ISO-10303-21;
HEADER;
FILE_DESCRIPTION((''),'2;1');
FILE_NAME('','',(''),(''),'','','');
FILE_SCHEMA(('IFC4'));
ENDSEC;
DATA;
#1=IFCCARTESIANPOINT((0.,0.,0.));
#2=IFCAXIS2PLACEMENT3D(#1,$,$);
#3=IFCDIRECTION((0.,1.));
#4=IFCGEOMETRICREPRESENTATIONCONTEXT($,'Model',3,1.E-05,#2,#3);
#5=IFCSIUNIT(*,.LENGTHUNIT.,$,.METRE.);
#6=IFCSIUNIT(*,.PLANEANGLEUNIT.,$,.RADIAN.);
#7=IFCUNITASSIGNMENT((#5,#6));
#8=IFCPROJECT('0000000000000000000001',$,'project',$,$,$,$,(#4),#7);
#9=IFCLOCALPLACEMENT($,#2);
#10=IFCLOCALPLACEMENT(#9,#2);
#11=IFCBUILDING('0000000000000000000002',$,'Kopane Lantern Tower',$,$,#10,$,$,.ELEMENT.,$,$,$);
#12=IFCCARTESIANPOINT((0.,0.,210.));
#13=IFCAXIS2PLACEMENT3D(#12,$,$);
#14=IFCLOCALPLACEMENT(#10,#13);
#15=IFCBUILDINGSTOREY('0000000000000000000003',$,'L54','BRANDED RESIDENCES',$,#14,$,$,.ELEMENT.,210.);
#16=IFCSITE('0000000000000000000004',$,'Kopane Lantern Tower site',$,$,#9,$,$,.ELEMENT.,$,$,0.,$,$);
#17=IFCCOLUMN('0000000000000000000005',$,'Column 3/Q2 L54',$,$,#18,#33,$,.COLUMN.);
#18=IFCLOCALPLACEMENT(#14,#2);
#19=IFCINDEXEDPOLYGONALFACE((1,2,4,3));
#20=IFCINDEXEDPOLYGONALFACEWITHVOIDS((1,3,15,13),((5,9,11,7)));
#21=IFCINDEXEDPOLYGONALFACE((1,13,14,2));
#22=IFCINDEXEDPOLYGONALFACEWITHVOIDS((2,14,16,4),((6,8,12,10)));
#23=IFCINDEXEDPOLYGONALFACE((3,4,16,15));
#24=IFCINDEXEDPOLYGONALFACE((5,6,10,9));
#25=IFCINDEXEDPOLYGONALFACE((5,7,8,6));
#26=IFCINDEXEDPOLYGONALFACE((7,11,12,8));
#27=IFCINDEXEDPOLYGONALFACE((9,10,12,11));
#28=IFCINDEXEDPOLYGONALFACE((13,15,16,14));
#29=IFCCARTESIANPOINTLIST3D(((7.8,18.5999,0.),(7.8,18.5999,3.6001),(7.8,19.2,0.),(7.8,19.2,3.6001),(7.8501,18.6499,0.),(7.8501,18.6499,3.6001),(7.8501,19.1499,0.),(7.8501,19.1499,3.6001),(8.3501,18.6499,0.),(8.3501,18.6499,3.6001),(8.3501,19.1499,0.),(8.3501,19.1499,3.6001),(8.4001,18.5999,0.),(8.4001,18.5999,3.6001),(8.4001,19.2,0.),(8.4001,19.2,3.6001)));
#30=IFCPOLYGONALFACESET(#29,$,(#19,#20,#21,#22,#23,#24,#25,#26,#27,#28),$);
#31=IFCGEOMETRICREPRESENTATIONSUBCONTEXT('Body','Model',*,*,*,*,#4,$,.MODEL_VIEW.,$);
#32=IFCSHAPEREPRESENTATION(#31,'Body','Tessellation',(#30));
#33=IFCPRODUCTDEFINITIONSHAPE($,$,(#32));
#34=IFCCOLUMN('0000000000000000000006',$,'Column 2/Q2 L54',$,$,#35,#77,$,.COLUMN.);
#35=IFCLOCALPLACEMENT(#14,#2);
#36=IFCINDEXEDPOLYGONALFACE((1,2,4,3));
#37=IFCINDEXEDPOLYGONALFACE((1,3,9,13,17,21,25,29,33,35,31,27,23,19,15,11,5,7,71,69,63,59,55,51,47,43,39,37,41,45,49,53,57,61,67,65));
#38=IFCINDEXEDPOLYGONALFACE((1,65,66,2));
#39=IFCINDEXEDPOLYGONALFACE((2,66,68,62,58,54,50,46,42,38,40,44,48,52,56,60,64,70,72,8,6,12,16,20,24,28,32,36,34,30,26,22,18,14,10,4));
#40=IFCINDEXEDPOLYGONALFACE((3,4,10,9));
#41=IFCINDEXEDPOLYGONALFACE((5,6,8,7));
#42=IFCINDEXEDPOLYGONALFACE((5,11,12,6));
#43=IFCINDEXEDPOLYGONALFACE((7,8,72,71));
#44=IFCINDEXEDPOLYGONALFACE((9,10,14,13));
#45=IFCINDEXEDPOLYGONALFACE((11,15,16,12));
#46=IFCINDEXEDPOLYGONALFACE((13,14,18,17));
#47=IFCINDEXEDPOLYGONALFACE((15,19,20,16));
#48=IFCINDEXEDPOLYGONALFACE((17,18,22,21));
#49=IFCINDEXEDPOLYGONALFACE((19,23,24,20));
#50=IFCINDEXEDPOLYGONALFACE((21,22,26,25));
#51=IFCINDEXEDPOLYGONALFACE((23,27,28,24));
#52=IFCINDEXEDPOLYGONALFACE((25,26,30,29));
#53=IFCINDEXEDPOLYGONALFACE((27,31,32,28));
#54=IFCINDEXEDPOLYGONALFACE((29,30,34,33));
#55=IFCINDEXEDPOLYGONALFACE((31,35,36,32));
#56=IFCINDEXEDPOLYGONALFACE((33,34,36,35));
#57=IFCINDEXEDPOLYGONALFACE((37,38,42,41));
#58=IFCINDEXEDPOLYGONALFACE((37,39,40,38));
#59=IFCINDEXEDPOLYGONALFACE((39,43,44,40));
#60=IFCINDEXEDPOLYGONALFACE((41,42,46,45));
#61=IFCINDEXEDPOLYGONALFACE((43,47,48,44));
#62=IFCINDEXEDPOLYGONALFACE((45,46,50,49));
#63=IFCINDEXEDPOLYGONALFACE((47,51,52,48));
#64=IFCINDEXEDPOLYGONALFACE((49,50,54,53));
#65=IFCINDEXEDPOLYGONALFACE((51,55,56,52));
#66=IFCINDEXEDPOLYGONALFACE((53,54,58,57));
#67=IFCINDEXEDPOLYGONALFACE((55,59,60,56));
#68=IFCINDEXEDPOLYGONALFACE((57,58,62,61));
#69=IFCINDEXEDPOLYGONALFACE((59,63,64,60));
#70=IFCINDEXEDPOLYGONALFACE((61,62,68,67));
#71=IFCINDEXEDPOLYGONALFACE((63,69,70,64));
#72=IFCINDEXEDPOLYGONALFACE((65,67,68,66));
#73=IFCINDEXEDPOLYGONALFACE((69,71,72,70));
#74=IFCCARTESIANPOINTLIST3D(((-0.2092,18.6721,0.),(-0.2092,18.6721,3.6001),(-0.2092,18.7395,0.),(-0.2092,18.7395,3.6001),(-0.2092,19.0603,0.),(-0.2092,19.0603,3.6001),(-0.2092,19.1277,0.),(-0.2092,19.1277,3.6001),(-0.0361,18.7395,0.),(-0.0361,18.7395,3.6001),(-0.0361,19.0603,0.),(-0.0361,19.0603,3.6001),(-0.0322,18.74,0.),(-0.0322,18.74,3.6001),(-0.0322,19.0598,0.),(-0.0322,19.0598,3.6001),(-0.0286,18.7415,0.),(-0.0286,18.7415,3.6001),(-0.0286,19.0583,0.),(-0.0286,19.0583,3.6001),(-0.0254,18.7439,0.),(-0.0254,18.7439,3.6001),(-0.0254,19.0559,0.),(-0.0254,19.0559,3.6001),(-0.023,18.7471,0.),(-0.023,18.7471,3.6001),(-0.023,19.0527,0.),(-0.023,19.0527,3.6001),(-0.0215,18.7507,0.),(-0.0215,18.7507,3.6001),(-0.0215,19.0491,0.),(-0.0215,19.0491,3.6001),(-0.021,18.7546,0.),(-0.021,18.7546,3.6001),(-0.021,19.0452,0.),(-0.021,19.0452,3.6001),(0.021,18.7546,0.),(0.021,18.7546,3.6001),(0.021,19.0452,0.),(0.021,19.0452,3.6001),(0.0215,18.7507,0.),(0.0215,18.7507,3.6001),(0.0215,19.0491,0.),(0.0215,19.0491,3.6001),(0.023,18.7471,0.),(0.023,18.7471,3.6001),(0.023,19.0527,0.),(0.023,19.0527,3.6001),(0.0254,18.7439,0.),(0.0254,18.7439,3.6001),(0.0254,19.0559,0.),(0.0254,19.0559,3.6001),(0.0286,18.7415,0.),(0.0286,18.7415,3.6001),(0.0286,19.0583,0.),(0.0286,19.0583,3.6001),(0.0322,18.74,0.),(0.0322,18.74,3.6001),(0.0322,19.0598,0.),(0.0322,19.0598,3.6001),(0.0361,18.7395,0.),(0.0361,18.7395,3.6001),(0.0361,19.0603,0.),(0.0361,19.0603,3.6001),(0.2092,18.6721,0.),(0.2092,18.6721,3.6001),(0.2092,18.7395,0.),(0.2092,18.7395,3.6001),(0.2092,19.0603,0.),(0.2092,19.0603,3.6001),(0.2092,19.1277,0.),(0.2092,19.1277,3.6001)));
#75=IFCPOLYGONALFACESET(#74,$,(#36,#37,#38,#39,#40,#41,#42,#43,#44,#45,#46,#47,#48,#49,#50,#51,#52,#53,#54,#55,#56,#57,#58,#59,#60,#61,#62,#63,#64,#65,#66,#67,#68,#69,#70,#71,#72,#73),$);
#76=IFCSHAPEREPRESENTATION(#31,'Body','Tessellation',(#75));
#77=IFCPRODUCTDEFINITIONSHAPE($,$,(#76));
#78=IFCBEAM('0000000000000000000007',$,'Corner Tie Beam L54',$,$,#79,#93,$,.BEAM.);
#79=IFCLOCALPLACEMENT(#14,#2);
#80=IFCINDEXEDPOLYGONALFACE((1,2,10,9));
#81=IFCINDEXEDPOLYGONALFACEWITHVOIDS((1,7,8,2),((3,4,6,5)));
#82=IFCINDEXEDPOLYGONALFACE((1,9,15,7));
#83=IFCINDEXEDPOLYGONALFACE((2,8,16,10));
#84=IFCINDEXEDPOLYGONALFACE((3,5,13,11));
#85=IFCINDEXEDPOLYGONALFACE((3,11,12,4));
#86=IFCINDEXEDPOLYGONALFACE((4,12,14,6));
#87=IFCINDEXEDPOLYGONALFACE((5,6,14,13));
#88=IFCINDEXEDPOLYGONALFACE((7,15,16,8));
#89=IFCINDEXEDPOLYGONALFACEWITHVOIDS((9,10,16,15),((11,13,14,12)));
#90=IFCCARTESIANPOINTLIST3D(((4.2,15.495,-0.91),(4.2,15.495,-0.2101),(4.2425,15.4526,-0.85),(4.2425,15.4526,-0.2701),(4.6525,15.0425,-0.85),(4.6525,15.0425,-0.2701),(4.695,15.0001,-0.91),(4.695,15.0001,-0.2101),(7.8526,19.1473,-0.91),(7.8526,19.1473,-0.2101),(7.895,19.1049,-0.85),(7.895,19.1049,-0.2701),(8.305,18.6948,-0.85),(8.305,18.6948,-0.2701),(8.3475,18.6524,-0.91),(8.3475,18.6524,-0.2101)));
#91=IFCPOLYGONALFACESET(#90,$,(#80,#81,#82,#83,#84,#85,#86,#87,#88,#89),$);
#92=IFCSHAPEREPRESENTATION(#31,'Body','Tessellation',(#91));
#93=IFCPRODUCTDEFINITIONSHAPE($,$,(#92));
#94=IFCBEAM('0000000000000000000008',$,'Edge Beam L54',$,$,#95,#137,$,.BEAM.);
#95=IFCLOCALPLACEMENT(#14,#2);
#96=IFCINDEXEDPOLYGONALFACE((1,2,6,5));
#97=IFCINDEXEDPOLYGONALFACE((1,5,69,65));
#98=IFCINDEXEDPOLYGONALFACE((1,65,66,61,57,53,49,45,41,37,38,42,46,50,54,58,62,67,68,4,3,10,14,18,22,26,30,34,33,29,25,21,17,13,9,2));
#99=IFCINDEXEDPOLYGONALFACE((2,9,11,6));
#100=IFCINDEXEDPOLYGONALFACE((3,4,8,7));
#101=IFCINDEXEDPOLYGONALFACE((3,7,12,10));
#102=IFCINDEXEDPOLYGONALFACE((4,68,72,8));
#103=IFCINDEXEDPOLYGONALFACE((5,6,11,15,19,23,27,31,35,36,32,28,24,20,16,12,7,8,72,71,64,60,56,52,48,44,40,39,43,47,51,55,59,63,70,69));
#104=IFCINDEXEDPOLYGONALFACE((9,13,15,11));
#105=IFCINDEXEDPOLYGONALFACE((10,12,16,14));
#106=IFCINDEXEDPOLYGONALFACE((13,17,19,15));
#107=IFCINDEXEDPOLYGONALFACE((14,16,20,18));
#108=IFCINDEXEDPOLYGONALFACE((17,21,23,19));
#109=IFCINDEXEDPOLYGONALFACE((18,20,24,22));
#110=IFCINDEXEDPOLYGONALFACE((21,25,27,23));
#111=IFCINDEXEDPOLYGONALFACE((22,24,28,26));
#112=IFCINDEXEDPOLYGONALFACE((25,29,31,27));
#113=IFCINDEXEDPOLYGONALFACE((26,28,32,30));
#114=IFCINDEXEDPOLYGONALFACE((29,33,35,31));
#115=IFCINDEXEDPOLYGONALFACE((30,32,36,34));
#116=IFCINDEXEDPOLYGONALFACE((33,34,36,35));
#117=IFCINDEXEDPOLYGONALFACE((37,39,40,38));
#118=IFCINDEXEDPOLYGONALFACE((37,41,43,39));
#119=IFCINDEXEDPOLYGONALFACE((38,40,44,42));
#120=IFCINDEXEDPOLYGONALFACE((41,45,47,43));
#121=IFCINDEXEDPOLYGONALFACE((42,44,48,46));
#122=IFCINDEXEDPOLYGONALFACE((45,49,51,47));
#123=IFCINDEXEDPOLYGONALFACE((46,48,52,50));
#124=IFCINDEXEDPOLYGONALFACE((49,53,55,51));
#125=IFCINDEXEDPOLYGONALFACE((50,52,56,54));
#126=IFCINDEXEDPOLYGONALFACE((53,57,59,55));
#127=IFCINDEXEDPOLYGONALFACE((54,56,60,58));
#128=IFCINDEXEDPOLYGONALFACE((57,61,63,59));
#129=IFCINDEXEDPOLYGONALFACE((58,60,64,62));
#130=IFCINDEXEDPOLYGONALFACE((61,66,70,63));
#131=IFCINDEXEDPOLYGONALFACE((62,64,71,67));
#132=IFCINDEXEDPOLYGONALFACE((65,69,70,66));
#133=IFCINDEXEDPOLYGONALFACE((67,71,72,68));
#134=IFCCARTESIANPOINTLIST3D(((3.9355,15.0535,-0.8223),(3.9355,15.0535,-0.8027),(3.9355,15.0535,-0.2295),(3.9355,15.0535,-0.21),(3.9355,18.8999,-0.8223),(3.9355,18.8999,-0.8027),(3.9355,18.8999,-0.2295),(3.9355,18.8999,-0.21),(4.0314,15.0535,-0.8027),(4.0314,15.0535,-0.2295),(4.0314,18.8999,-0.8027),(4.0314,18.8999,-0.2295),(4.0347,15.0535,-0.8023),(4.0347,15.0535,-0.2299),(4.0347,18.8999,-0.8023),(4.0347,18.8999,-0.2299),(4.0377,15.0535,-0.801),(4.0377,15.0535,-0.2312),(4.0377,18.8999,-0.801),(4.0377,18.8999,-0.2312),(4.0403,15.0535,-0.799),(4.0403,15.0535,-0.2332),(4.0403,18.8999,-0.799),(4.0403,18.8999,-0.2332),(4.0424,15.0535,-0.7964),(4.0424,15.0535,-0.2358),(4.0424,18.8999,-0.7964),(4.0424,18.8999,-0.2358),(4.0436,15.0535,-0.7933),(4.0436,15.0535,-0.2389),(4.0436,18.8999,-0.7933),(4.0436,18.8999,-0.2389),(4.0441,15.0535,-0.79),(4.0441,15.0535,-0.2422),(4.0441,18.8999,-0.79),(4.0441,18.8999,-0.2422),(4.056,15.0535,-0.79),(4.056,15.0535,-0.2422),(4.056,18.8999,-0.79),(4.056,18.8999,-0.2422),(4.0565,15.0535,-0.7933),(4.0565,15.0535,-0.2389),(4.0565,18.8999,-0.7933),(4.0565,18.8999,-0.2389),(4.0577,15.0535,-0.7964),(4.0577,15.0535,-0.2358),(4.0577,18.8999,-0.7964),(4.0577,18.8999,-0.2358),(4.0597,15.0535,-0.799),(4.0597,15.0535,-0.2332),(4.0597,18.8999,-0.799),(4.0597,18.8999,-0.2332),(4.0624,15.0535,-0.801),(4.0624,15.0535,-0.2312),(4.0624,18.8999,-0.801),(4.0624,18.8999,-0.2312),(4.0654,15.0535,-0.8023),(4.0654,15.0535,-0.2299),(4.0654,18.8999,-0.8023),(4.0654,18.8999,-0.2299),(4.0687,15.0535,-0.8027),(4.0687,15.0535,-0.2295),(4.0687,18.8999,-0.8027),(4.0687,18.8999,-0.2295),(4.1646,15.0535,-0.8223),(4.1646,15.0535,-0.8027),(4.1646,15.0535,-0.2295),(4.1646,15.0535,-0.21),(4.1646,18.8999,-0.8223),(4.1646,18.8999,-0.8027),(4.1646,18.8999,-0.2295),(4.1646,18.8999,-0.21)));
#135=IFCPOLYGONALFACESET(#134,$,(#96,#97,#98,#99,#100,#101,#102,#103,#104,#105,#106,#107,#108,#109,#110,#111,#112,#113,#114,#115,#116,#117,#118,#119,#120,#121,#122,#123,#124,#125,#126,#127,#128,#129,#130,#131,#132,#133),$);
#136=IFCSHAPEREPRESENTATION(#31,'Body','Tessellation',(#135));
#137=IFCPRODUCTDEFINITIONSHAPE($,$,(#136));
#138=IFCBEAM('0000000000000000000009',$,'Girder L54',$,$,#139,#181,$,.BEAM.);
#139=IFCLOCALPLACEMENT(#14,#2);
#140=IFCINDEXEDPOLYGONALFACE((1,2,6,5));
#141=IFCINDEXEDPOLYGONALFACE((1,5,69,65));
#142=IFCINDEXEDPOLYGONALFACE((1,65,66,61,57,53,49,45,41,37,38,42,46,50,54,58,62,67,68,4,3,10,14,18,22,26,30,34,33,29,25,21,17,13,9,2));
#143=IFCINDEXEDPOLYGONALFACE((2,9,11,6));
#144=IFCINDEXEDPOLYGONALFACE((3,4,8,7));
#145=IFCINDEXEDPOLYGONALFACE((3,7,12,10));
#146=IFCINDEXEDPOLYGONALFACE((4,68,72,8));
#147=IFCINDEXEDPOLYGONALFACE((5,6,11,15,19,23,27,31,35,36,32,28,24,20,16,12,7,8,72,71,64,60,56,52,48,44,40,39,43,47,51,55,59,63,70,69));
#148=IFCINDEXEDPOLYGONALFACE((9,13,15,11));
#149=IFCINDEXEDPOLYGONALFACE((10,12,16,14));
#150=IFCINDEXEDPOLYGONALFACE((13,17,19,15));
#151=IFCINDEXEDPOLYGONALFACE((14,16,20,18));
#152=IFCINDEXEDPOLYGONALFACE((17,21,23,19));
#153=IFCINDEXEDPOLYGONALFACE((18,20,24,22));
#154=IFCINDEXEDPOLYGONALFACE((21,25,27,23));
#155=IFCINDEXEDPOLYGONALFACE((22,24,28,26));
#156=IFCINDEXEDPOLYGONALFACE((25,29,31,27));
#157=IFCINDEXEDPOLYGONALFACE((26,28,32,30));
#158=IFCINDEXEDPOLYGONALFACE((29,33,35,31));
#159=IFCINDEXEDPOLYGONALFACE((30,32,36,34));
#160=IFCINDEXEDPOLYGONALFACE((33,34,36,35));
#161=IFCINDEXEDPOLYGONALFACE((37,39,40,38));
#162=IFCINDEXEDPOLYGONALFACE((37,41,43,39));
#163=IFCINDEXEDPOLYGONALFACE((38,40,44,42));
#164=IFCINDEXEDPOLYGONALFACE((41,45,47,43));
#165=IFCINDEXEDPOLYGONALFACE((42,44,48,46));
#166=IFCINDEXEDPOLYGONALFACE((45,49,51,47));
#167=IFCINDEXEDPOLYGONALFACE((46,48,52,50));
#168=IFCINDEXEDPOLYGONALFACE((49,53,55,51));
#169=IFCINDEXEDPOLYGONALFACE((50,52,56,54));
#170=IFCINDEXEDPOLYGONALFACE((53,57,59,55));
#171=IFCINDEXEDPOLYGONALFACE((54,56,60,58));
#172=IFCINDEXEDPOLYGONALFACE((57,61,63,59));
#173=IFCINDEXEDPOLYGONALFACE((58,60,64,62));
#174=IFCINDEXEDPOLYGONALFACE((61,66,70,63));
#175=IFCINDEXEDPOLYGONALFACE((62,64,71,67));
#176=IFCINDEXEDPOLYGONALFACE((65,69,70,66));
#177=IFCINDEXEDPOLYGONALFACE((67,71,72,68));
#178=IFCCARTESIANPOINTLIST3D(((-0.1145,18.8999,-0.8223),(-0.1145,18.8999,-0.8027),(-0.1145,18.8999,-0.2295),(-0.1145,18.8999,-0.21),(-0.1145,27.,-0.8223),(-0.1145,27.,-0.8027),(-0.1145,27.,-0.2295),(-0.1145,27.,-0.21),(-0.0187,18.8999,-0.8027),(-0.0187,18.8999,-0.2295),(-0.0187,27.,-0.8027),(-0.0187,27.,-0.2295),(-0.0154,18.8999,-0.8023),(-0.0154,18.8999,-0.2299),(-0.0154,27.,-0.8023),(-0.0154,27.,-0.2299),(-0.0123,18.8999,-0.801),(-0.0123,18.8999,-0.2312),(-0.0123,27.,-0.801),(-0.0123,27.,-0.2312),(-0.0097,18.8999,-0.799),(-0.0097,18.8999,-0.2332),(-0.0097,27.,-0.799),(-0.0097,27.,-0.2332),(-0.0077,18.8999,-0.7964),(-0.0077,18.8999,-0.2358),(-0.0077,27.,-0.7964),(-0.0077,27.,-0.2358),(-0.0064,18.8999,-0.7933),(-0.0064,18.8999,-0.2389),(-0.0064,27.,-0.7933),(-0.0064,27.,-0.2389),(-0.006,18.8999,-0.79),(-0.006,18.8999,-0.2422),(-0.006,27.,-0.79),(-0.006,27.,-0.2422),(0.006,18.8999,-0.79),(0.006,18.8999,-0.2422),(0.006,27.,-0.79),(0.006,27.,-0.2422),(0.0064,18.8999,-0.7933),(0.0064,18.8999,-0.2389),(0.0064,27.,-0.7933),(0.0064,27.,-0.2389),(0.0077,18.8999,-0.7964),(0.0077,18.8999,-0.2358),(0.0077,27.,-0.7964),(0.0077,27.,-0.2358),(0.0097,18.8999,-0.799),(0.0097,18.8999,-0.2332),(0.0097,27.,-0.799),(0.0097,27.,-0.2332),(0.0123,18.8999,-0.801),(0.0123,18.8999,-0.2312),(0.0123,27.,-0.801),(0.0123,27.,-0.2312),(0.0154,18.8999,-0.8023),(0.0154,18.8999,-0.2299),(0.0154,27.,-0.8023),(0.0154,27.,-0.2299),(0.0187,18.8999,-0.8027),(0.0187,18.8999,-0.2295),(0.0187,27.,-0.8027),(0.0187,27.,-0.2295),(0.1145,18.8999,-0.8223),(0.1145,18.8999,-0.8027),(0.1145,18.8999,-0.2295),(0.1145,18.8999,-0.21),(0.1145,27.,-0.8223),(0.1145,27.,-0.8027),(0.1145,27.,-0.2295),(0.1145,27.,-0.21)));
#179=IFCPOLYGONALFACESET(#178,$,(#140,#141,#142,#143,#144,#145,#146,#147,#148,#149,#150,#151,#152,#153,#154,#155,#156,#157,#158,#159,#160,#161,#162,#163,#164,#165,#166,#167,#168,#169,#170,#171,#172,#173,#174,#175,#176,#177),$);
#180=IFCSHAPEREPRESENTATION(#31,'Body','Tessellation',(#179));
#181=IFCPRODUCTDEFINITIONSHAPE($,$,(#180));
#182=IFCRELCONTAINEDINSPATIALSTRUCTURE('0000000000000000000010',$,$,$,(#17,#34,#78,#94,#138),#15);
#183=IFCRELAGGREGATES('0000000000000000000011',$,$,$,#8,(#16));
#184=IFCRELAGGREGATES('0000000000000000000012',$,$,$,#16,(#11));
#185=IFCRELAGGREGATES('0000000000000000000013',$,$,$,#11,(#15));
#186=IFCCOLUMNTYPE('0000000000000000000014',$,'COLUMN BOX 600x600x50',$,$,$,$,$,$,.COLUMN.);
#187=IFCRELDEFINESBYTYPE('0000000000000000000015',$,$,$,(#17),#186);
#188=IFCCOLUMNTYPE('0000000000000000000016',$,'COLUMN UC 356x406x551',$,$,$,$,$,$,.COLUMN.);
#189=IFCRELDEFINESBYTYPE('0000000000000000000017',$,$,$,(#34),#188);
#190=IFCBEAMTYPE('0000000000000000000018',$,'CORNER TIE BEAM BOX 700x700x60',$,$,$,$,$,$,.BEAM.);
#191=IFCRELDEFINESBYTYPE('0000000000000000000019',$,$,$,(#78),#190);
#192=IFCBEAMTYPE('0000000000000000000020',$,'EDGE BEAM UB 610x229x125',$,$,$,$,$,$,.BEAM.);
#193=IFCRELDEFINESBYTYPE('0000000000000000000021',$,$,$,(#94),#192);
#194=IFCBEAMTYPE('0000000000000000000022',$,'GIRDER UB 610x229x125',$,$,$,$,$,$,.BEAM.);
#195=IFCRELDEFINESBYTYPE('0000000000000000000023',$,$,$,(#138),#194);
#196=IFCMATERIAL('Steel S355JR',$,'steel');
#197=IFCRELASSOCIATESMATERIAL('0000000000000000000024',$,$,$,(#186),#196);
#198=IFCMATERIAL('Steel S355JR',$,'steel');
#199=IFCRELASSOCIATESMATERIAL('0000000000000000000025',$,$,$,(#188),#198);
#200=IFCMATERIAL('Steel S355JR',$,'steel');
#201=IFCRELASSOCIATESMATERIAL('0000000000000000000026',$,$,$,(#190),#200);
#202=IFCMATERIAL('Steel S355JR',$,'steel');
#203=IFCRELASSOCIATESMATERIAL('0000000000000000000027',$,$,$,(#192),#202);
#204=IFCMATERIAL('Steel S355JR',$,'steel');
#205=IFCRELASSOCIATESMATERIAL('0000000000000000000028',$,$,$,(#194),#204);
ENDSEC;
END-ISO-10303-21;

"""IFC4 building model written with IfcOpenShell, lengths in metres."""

from ifc_helpers import new_model, si_unit, direction, frame, origin, origin_2d, place, context, subcontext, project, spatial, hollow_rectangle, i_section, extrude, material, material_profile, profile_set, type_object, element, save


model = new_model("IFC4")

# Units and contexts
model_context = context("Model", 3, precision=1e-05, world=origin(), true_north=direction((0.0, 1.0)))
body_context = subcontext(model_context, "Body", "Model", "MODEL_VIEW")
ifc_project = project(units=[si_unit("LENGTHUNIT", "METRE"), si_unit("PLANEANGLEUNIT", "RADIAN")], contexts=[model_context])

# Site, building, storey
site_placement = place(None, origin())
site = spatial("IfcSite", under=ifc_project, at=site_placement, Name="Kopane Lantern Tower site", CompositionType="ELEMENT", RefElevation=0.0)
building_placement = place(site_placement, origin())
building = spatial("IfcBuilding", under=site, at=building_placement, Name="Kopane Lantern Tower", CompositionType="ELEMENT")
storey_placement = place(building_placement, frame((0.0, 0.0, 210.0)))
storey = spatial("IfcBuildingStorey", under=building, at=storey_placement, Name="L54", Description="BRANDED RESIDENCES", CompositionType="ELEMENT", Elevation=210.0)

# Columns
ifc_material_1 = material(Name="Steel S355JR", Category="steel")
ifc_material_profile_1 = material_profile(ifc_material_1, hollow_rectangle(XDim=0.6001, YDim=0.6001, WallThickness=0.05, at=origin_2d()), Name="BOX 600x600x50")
ifc_profile_set_1 = profile_set([ifc_material_profile_1], Name="Steel S355JR")
column_type_1 = type_object("IfcColumnType", Name="COLUMN BOX 600x600x50", PredefinedType="COLUMN", material=ifc_profile_set_1)
column_1_placement = place(storey_placement, frame((8.1001, 18.8999, 0.0), z_axis=(0.0, 0.0, 1.0), x_axis=(1.0, 0.0, 0.0)))
element("IfcColumn", 1, at=column_1_placement, inside=storey, type_object=column_type_1, Name="Column 3/Q2 L54", PredefinedType="COLUMN", context=body_context, shape_type="SweptSolid", body=[
    extrude(hollow_rectangle(XDim=0.6001, YDim=0.6001, WallThickness=0.05, at=origin_2d()), origin(), (0.0, 0.0, 1.0), 3.6001),
])
ifc_material_2 = material(Name="Steel S355JR", Category="steel")
ifc_material_profile_2 = material_profile(ifc_material_2, i_section(OverallWidth=0.4185, OverallDepth=0.4556, WebThickness=0.042, FlangeThickness=0.0674, FilletRadius=0.0151, at=origin_2d()), Name="UC 356x406x551")
ifc_profile_set_2 = profile_set([ifc_material_profile_2], Name="Steel S355JR")
column_type_2 = type_object("IfcColumnType", Name="COLUMN UC 356x406x551", PredefinedType="COLUMN", material=ifc_profile_set_2)
column_2_placement = place(storey_placement, frame((0.0, 18.8999, 0.0), z_axis=(0.0, 0.0, 1.0), x_axis=(1.0, 0.0, 0.0)))
element("IfcColumn", 2, at=column_2_placement, inside=storey, type_object=column_type_2, Name="Column 2/Q2 L54", PredefinedType="COLUMN", context=body_context, shape_type="SweptSolid", body=[
    extrude(i_section(OverallWidth=0.4185, OverallDepth=0.4556, WebThickness=0.042, FlangeThickness=0.0674, FilletRadius=0.0151, at=origin_2d()), origin(), (0.0, 0.0, 1.0), 3.6001),
])

# Beams
ifc_material_3 = material(Name="Steel S355JR", Category="steel")
ifc_material_profile_3 = material_profile(ifc_material_3, hollow_rectangle(XDim=0.7, YDim=0.7, WallThickness=0.0601, at=origin_2d()), Name="BOX 700x700x60")
ifc_profile_set_3 = profile_set([ifc_material_profile_3], Name="Steel S355JR")
beam_type_1 = type_object("IfcBeamType", Name="CORNER TIE BEAM BOX 700x700x60", PredefinedType="BEAM", material=ifc_profile_set_3)
beam_1_placement = place(storey_placement, frame((4.4475, 15.2476, -0.5601), z_axis=(0.70713, 0.707083, 0.0), x_axis=(-0.707083, 0.70713, 0.0)))
element("IfcBeam", 3, at=beam_1_placement, inside=storey, type_object=beam_type_1, Name="Corner Tie Beam L54", PredefinedType="BEAM", context=body_context, shape_type="SweptSolid", body=[
    extrude(hollow_rectangle(XDim=0.7, YDim=0.7, WallThickness=0.0601, at=origin_2d()), origin(), (0.0, 0.0, 1.0), 5.1653),
])
ifc_material_4 = material(Name="Steel S355JR", Category="steel")
ifc_material_profile_4 = material_profile(ifc_material_4, i_section(OverallWidth=0.229, OverallDepth=0.6123, WebThickness=0.012, FlangeThickness=0.0195, FilletRadius=0.0127, at=origin_2d()), Name="UB 610x229x125")
ifc_profile_set_4 = profile_set([ifc_material_profile_4], Name="Steel S355JR")
beam_type_2 = type_object("IfcBeamType", Name="EDGE BEAM UB 610x229x125", PredefinedType="BEAM", material=ifc_profile_set_4)
beam_2_placement = place(storey_placement, frame((4.05, 15.0535, -0.5161), z_axis=(0.0, 1.0, 0.0), x_axis=(-1.0, 0.0, 0.0)))
element("IfcBeam", 4, at=beam_2_placement, inside=storey, type_object=beam_type_2, Name="Edge Beam L54", PredefinedType="BEAM", context=body_context, shape_type="SweptSolid", body=[
    extrude(i_section(OverallWidth=0.229, OverallDepth=0.6123, WebThickness=0.012, FlangeThickness=0.0195, FilletRadius=0.0127, at=origin_2d()), origin(), (0.0, 0.0, 1.0), 3.8464),
])
ifc_material_5 = material(Name="Steel S355JR", Category="steel")
ifc_material_profile_5 = material_profile(ifc_material_5, i_section(OverallWidth=0.229, OverallDepth=0.6123, WebThickness=0.012, FlangeThickness=0.0195, FilletRadius=0.0127, at=origin_2d()), Name="UB 610x229x125")
ifc_profile_set_5 = profile_set([ifc_material_profile_5], Name="Steel S355JR")
beam_type_3 = type_object("IfcBeamType", Name="GIRDER UB 610x229x125", PredefinedType="BEAM", material=ifc_profile_set_5)
for number, where, z_axis, x_axis, name in (
    (5, (0.0, 18.8999, -0.5161), (0.0, 1.0, 0.0), (-1.0, 0.0, 0.0), "Girder L54"),
):
    element("IfcBeam", number, at=place(storey_placement, frame(where, z_axis=z_axis, x_axis=x_axis)), inside=storey, type_object=beam_type_3, Name=name, PredefinedType="BEAM", context=body_context, shape_type="SweptSolid", body=[
        extrude(i_section(OverallWidth=0.229, OverallDepth=0.6123, WebThickness=0.012, FlangeThickness=0.0195, FilletRadius=0.0127, at=origin_2d()), origin(), (0.0, 0.0, 1.0), 8.1001),
    ])

save(model, "model.ifc")
